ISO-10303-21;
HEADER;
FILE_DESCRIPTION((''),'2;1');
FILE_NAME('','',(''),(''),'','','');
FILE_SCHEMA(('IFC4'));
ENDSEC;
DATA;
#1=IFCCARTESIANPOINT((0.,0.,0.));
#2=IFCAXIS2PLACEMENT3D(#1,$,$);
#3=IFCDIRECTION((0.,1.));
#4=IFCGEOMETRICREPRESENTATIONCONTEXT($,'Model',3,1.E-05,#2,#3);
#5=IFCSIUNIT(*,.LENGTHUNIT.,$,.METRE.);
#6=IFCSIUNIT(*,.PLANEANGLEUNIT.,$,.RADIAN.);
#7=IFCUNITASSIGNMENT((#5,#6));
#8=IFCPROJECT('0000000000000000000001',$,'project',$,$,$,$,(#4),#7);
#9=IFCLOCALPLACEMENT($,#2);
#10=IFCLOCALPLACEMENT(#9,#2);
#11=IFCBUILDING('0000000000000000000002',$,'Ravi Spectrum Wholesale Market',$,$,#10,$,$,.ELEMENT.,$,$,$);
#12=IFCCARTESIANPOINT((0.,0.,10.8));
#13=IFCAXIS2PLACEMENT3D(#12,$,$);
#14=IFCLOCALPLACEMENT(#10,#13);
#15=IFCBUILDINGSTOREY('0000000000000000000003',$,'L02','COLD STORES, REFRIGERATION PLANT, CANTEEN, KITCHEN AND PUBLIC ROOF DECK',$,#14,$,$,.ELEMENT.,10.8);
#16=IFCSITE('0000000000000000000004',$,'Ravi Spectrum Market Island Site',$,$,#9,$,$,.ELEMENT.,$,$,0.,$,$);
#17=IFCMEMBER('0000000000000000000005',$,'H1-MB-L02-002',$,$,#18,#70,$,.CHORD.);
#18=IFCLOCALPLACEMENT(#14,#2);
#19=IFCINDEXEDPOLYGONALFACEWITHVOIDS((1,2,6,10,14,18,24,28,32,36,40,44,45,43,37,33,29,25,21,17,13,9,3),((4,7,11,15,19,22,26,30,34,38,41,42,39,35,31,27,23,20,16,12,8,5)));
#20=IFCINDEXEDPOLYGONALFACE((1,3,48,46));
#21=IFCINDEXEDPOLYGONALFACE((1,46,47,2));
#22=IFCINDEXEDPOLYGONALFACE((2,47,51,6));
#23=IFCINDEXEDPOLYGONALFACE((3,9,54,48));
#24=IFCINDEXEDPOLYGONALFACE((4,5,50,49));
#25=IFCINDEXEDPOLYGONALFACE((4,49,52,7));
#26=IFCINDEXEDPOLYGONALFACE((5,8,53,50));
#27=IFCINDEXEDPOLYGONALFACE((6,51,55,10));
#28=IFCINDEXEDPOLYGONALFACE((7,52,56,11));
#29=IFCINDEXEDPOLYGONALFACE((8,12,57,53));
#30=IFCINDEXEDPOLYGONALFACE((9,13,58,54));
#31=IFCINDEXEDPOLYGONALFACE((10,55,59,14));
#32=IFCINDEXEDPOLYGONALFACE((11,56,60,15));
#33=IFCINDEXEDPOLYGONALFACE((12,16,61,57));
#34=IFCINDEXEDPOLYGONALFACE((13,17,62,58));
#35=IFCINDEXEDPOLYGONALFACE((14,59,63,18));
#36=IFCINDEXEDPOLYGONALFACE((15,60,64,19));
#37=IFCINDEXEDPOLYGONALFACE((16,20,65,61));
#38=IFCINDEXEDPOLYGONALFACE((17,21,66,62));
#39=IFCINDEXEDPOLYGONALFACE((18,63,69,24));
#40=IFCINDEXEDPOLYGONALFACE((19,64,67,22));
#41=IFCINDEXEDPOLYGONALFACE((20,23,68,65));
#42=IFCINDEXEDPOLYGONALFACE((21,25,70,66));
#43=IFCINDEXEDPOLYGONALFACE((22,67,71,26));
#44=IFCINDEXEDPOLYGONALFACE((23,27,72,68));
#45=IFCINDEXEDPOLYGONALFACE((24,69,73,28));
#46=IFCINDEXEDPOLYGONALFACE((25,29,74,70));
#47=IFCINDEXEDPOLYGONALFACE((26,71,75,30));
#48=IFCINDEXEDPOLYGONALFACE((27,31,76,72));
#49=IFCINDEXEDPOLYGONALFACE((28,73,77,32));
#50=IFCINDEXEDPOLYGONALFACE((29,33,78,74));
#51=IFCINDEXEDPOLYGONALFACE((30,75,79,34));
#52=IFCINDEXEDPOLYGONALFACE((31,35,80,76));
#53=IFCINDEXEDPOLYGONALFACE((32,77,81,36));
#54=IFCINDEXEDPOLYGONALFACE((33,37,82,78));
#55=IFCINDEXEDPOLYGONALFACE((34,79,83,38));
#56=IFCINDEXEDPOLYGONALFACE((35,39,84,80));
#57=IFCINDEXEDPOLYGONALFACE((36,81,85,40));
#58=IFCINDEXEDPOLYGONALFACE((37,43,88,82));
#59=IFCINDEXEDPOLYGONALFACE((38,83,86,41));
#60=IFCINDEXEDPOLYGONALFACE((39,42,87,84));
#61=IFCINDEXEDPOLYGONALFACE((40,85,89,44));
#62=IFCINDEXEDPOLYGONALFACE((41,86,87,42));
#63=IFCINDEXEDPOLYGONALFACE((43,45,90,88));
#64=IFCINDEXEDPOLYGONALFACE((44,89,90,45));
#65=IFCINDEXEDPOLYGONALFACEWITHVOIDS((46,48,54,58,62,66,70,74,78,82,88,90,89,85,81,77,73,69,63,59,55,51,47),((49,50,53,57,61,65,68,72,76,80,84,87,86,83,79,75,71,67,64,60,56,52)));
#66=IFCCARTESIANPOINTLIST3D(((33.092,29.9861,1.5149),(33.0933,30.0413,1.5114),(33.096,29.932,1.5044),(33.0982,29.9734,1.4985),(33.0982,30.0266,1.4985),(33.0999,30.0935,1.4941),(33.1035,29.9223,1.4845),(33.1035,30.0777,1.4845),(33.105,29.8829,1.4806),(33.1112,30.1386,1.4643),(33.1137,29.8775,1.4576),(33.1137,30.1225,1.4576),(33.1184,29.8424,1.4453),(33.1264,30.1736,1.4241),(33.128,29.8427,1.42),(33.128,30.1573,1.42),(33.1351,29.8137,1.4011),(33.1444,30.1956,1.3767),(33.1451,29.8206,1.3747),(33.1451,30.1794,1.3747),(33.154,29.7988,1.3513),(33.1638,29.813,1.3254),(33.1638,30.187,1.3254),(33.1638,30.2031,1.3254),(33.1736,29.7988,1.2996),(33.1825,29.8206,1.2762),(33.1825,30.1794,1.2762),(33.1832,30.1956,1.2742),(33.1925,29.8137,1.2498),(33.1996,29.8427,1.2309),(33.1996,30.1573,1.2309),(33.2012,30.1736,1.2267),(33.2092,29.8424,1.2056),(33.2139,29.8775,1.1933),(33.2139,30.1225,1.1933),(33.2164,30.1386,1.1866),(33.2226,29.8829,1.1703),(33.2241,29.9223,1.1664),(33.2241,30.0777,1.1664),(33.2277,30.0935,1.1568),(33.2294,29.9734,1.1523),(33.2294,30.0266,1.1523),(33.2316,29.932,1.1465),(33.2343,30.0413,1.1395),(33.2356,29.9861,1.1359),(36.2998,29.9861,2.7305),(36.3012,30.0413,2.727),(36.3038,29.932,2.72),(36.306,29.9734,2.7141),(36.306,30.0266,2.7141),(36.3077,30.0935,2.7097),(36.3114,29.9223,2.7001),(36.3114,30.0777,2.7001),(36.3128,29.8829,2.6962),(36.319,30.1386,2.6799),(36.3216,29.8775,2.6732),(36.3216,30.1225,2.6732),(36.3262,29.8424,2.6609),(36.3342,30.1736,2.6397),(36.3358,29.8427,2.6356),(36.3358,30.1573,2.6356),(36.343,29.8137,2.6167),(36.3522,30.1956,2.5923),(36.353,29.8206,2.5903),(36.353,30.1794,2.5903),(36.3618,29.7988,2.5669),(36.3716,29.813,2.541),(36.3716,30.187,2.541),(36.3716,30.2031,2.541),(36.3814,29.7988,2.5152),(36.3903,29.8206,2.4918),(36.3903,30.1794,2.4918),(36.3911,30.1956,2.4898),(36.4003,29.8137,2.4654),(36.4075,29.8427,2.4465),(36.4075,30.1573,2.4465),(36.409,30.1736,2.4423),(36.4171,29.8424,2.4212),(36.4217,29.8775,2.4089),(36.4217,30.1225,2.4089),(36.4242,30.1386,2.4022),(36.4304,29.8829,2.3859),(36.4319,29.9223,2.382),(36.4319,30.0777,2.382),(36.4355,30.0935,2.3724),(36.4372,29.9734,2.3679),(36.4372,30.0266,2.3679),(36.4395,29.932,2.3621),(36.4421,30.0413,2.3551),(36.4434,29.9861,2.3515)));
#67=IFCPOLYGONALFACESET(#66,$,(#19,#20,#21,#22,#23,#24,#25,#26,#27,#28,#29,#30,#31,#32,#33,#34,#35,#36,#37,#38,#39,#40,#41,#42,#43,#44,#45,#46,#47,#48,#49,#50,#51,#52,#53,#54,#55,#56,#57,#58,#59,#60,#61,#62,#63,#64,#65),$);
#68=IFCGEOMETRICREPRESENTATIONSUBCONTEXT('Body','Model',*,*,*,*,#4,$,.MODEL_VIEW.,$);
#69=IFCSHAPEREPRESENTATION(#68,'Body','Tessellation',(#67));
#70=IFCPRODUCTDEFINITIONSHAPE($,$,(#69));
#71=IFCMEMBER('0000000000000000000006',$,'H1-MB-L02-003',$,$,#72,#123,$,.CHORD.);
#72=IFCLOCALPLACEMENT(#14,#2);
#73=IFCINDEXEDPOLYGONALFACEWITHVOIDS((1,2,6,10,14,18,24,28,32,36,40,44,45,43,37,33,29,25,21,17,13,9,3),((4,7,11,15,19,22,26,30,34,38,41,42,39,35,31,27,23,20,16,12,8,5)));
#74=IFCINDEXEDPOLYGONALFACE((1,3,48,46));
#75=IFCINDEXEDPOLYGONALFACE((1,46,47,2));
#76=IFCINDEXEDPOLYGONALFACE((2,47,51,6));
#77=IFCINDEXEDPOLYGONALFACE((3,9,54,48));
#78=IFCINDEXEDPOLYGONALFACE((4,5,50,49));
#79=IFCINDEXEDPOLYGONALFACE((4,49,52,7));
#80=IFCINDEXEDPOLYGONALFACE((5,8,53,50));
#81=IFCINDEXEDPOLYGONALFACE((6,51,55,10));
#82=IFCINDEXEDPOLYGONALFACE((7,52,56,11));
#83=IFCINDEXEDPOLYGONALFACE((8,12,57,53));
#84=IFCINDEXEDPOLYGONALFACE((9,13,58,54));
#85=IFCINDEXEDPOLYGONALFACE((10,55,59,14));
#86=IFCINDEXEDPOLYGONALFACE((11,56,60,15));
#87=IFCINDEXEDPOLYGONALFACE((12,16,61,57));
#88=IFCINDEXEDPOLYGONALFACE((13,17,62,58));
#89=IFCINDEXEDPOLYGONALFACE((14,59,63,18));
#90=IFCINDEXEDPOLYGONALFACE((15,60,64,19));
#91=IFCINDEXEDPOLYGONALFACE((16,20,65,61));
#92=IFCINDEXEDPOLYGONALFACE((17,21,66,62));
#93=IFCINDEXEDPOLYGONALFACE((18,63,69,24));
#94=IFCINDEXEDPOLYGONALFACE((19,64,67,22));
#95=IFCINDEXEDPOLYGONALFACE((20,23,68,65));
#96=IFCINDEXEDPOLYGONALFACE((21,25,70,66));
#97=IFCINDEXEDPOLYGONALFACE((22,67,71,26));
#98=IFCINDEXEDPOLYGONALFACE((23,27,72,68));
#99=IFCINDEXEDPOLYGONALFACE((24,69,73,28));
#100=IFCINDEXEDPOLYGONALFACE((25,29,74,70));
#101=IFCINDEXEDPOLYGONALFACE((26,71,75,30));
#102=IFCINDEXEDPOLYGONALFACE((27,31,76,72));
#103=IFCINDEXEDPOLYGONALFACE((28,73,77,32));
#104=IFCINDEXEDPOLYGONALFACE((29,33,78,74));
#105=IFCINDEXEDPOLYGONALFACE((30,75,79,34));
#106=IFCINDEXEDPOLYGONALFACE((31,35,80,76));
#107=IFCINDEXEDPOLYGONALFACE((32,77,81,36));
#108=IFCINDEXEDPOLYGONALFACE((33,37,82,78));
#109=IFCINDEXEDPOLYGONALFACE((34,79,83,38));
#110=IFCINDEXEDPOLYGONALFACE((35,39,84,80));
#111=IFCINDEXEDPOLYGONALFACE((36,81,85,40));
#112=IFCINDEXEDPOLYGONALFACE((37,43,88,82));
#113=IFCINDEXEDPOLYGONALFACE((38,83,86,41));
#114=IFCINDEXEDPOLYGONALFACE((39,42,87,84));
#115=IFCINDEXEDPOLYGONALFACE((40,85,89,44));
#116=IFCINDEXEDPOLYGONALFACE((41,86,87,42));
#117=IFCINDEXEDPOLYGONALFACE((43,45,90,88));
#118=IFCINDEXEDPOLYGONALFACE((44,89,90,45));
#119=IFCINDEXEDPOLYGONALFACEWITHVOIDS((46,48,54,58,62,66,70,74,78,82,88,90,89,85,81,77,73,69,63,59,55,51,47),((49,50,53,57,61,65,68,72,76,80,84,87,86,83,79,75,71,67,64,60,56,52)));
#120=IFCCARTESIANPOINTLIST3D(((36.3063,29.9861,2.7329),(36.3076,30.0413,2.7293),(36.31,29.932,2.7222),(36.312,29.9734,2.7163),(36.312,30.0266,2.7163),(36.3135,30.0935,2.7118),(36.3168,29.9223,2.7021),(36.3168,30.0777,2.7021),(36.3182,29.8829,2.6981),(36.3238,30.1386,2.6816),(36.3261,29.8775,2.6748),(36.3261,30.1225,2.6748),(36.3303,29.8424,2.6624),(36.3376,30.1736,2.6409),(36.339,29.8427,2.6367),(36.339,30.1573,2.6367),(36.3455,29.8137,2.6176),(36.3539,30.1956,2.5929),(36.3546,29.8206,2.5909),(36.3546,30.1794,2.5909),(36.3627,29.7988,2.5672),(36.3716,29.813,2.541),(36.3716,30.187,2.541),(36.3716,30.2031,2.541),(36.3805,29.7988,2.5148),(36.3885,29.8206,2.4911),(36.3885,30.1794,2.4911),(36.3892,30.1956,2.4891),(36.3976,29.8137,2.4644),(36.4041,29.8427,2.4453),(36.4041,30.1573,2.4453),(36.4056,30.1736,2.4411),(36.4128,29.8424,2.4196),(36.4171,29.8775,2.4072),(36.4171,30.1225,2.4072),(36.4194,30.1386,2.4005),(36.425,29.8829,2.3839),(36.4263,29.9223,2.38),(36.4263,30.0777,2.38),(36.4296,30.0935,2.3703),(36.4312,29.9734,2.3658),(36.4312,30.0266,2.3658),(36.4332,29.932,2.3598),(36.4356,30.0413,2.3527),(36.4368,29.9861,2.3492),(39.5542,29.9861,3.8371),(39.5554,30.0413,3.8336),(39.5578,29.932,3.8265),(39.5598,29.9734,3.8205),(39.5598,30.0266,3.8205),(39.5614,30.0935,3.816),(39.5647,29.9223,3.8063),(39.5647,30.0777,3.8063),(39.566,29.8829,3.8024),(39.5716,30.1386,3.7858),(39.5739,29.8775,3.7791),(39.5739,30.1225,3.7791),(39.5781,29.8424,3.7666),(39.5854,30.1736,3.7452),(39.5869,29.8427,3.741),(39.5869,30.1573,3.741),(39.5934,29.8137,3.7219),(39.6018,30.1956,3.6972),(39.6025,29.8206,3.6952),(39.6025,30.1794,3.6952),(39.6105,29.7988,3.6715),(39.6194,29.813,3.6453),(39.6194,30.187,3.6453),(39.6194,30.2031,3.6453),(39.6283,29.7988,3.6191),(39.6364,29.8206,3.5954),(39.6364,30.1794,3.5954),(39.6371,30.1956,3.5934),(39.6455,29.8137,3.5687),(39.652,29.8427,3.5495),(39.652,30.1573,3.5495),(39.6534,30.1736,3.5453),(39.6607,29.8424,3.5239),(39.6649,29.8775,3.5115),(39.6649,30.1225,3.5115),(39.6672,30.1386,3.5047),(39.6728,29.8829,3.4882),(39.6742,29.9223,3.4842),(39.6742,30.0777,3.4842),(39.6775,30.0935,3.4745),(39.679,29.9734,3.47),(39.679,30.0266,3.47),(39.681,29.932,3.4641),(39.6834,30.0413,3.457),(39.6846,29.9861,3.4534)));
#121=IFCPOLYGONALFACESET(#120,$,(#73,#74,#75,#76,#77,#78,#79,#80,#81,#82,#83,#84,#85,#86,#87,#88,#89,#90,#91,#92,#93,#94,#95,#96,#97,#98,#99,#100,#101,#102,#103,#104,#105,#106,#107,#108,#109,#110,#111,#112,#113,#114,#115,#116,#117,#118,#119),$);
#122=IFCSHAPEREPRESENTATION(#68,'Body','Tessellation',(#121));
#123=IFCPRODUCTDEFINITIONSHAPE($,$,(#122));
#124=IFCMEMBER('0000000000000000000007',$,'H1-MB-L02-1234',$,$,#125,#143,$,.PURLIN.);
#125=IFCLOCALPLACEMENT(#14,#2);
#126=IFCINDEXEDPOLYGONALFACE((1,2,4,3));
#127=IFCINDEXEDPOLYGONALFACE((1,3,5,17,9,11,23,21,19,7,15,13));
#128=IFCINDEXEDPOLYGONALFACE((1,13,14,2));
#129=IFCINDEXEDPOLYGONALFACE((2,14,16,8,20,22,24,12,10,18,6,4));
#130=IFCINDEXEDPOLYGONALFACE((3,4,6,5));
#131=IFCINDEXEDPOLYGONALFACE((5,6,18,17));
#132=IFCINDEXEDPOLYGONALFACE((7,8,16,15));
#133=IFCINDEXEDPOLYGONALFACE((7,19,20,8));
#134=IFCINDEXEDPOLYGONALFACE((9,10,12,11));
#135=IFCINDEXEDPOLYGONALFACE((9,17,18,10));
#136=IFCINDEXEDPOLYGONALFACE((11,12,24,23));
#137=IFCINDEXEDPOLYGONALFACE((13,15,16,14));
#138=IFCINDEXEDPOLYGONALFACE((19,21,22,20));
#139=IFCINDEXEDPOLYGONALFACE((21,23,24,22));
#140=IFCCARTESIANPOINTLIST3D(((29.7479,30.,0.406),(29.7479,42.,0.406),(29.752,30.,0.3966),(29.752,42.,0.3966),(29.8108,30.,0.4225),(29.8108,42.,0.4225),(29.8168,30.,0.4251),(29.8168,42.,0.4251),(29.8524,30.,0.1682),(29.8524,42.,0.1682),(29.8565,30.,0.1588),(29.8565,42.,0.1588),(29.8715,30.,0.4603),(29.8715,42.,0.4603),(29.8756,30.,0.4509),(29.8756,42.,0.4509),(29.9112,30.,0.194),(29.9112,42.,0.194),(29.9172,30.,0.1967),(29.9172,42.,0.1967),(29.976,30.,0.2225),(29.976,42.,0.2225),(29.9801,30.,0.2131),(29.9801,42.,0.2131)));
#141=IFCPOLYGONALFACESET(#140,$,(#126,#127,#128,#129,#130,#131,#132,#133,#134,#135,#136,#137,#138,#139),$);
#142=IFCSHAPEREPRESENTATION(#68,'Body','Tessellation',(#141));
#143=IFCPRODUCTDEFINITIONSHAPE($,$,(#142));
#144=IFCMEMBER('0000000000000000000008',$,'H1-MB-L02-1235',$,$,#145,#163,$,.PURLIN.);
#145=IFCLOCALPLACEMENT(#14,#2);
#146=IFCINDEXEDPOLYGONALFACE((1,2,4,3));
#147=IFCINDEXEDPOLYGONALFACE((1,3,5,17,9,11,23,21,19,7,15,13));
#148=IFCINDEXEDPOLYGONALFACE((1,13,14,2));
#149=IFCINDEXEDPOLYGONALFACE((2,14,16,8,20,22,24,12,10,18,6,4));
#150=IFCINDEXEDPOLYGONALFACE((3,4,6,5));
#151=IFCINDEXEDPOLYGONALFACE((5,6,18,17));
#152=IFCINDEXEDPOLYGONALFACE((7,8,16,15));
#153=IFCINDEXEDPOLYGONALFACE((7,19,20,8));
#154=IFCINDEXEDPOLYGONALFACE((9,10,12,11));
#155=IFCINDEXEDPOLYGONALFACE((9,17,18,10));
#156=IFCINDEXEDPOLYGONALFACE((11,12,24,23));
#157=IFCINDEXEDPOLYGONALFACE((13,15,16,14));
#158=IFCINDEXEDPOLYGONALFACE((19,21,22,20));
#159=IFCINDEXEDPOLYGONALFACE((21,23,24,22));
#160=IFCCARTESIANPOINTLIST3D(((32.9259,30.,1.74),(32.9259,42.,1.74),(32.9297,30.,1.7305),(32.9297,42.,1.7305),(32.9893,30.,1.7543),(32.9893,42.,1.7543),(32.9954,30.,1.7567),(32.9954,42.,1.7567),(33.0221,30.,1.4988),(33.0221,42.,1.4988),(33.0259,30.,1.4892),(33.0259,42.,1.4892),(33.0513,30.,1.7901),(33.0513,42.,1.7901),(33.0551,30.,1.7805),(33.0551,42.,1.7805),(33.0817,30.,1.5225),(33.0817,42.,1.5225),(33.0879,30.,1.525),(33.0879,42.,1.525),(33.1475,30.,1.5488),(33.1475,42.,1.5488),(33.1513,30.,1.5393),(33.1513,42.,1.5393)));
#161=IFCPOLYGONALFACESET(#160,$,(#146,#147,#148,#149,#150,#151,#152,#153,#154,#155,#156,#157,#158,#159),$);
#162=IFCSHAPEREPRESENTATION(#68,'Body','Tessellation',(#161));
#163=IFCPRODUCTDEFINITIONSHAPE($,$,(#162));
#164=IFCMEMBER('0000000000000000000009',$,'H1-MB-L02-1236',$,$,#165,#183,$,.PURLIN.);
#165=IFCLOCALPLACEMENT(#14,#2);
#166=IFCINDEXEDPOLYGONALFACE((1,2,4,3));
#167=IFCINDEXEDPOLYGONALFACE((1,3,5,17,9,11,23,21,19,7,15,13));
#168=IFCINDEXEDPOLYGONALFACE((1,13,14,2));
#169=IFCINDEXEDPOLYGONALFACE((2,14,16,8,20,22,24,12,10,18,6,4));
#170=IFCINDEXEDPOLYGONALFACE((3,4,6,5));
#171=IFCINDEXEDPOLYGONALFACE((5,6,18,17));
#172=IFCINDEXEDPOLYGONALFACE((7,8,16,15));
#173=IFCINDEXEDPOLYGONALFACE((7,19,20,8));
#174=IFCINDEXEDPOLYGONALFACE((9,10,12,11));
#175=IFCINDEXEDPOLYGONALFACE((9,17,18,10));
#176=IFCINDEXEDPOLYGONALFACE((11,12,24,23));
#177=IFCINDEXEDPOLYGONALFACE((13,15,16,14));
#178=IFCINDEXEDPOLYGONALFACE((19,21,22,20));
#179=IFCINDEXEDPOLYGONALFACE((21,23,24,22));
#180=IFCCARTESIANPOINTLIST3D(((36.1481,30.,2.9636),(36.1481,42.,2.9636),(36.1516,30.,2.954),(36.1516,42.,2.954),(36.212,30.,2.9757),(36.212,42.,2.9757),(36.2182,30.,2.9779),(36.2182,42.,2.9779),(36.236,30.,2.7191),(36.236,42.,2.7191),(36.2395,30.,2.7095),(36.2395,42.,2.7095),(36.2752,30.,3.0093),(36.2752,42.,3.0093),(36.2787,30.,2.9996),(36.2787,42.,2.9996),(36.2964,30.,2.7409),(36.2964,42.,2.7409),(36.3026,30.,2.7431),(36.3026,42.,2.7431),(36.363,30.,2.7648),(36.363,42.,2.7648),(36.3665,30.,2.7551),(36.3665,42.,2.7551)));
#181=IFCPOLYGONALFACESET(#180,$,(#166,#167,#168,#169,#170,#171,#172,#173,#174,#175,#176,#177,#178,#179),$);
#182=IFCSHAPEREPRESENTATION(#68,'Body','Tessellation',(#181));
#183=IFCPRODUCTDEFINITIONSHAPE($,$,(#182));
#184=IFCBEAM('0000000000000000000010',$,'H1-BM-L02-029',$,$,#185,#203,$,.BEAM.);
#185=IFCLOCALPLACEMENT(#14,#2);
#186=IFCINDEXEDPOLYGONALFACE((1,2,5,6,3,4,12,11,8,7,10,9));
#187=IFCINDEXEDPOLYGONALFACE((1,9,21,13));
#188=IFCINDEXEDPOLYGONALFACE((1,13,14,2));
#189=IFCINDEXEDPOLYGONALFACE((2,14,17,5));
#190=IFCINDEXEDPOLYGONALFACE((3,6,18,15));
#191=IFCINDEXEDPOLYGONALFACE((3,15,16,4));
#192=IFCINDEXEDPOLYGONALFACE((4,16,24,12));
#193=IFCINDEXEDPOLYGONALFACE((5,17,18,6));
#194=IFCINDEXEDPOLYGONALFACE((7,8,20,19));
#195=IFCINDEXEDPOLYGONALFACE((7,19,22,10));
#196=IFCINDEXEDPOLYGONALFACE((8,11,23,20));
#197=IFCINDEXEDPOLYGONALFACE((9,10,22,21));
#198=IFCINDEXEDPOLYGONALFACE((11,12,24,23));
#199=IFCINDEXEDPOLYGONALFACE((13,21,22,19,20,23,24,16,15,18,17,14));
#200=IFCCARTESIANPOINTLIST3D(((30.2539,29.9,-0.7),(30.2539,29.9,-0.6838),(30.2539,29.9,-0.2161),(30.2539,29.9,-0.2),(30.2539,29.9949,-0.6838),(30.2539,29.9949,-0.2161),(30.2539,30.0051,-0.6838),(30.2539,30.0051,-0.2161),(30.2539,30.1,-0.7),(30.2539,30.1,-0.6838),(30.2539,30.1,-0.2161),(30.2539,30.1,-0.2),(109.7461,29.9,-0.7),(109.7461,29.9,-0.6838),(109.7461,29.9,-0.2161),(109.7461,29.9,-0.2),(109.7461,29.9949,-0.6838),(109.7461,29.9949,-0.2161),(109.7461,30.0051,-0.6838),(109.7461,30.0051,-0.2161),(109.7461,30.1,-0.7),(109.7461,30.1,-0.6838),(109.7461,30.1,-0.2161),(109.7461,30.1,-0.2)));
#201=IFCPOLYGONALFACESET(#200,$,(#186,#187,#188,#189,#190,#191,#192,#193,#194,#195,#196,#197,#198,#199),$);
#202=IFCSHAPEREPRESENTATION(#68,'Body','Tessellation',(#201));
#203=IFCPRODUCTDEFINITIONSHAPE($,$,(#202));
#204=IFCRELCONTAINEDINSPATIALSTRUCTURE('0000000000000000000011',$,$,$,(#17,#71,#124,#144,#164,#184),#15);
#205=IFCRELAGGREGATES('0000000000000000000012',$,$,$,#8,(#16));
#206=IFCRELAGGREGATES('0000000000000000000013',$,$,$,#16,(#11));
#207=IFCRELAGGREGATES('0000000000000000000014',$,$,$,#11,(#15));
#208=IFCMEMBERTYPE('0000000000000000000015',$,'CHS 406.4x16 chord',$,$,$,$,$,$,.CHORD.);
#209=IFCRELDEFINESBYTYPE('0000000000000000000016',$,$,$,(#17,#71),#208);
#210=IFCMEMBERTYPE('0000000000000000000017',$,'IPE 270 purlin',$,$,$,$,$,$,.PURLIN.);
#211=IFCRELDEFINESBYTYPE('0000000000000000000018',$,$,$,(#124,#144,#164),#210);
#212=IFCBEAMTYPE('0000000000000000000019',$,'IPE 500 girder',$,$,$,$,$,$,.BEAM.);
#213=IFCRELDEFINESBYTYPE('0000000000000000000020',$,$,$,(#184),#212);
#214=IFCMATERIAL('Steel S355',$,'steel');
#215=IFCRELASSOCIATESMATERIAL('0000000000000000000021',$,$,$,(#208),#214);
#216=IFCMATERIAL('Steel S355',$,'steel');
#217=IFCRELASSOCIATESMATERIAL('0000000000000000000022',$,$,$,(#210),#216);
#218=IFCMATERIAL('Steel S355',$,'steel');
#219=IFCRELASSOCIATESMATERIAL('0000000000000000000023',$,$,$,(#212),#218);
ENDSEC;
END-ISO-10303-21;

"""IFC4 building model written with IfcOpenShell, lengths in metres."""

from ifc_helpers import new_model, si_unit, direction, frame, origin, origin_2d, place, context, subcontext, project, spatial, hollow_circle, i_section, extrude, material, material_profile, profile_set, type_object, element, save


model = new_model("IFC4")

# Units and contexts
model_context = context("Model", 3, precision=1e-05, world=origin(), true_north=direction((0.0, 1.0)))
body_context = subcontext(model_context, "Body", "Model", "MODEL_VIEW")
ifc_project = project(units=[si_unit("LENGTHUNIT", "METRE"), si_unit("PLANEANGLEUNIT", "RADIAN")], contexts=[model_context])

# Site, building, storey
site_placement = place(None, origin())
site = spatial("IfcSite", under=ifc_project, at=site_placement, Name="Ravi Spectrum Market Island Site", CompositionType="ELEMENT", RefElevation=0.0)
building_placement = place(site_placement, origin())
building = spatial("IfcBuilding", under=site, at=building_placement, Name="Ravi Spectrum Wholesale Market", CompositionType="ELEMENT")
storey_placement = place(building_placement, frame((0.0, 0.0, 10.8)))
storey = spatial("IfcBuildingStorey", under=building, at=storey_placement, Name="L02", Description="COLD STORES, REFRIGERATION PLANT, CANTEEN, KITCHEN AND PUBLIC ROOF DECK", CompositionType="ELEMENT", Elevation=10.8)

# Members
ifc_material_1 = material(Name="Steel S355", Category="steel")
ifc_material_profile_1 = material_profile(ifc_material_1, hollow_circle(Radius=0.2031, WallThickness=0.0161, at=origin_2d()))
ifc_profile_set_1 = profile_set([ifc_material_profile_1], Name="Steel S355")
member_type_1 = type_object("IfcMemberType", Name="CHS 406.4x16 chord", PredefinedType="CHORD", material=ifc_profile_set_1)
for number, where, z_axis, x_axis, name in (
    (1, (33.1638, 30.0, 1.3254), (0.93511, 0.0, 0.354358), (0.0, 1.0, 0.0), "H1-MB-L02-002"),
    (2, (36.3716, 30.0, 2.541), (0.946773, 0.0, 0.321901), (0.0, 1.0, 0.0), "H1-MB-L02-003"),
):
    element("IfcMember", number, at=place(storey_placement, frame(where, z_axis=z_axis, x_axis=x_axis)), inside=storey, type_object=member_type_1, Name=name, PredefinedType="CHORD", context=body_context, shape_type="SweptSolid", body=[
        extrude(hollow_circle(Radius=0.2031, WallThickness=0.0161, at=origin_2d()), origin(), (0.0, 0.0, 1.0), 3.4304),
    ])
ifc_material_2 = material(Name="Steel S355", Category="steel")
ifc_material_profile_2 = material_profile(ifc_material_2, i_section(OverallWidth=0.135, OverallDepth=0.27, WebThickness=0.0066, FlangeThickness=0.0103, at=origin_2d()))
ifc_profile_set_2 = profile_set([ifc_material_profile_2], Name="Steel S355")
member_type_2 = type_object("IfcMemberType", Name="IPE 270 purlin", PredefinedType="PURLIN", material=ifc_profile_set_2)
for number, where, z_axis, x_axis, name in (
    (3, (29.864, 30.0, 0.3096), (0.0, 1.0, 0.0), (-0.915525, 0.0, -0.40226), "H1-MB-L02-1234"),
    (4, (33.0386, 30.0, 1.6396), (0.0, 1.0, 0.0), (-0.928855, 0.0, -0.370443), "H1-MB-L02-1235"),
    (5, (36.2573, 30.0, 2.8594), (0.0, 1.0, 0.0), (-0.94108, 0.0, -0.338184), "H1-MB-L02-1236"),
):
    element("IfcMember", number, at=place(storey_placement, frame(where, z_axis=z_axis, x_axis=x_axis)), inside=storey, type_object=member_type_2, Name=name, PredefinedType="PURLIN", context=body_context, shape_type="SweptSolid", body=[
        extrude(i_section(OverallWidth=0.135, OverallDepth=0.27, WebThickness=0.0066, FlangeThickness=0.0103, at=origin_2d()), origin(), (0.0, 0.0, 1.0), 12.0),
    ])

# Beam
ifc_material_3 = material(Name="Steel S355", Category="steel")
ifc_material_profile_3 = material_profile(ifc_material_3, i_section(OverallWidth=0.2, OverallDepth=0.5, WebThickness=0.0103, FlangeThickness=0.0161, at=origin_2d()))
ifc_profile_set_3 = profile_set([ifc_material_profile_3], Name="Steel S355")
beam_type = type_object("IfcBeamType", Name="IPE 500 girder", PredefinedType="BEAM", material=ifc_profile_set_3)
beam_1_placement = place(storey_placement, frame((30.2539, 30.0, -0.45), z_axis=(1.0, 0.0, 0.0), x_axis=(0.0, 1.0, 0.0)))
element("IfcBeam", 6, at=beam_1_placement, inside=storey, type_object=beam_type, Name="H1-BM-L02-029", PredefinedType="BEAM", context=body_context, shape_type="SweptSolid", body=[
    extrude(i_section(OverallWidth=0.2, OverallDepth=0.5, WebThickness=0.0103, FlangeThickness=0.0161, at=origin_2d()), origin(), (0.0, 0.0, 1.0), 79.4922),
])

save(model, "model.ifc")
